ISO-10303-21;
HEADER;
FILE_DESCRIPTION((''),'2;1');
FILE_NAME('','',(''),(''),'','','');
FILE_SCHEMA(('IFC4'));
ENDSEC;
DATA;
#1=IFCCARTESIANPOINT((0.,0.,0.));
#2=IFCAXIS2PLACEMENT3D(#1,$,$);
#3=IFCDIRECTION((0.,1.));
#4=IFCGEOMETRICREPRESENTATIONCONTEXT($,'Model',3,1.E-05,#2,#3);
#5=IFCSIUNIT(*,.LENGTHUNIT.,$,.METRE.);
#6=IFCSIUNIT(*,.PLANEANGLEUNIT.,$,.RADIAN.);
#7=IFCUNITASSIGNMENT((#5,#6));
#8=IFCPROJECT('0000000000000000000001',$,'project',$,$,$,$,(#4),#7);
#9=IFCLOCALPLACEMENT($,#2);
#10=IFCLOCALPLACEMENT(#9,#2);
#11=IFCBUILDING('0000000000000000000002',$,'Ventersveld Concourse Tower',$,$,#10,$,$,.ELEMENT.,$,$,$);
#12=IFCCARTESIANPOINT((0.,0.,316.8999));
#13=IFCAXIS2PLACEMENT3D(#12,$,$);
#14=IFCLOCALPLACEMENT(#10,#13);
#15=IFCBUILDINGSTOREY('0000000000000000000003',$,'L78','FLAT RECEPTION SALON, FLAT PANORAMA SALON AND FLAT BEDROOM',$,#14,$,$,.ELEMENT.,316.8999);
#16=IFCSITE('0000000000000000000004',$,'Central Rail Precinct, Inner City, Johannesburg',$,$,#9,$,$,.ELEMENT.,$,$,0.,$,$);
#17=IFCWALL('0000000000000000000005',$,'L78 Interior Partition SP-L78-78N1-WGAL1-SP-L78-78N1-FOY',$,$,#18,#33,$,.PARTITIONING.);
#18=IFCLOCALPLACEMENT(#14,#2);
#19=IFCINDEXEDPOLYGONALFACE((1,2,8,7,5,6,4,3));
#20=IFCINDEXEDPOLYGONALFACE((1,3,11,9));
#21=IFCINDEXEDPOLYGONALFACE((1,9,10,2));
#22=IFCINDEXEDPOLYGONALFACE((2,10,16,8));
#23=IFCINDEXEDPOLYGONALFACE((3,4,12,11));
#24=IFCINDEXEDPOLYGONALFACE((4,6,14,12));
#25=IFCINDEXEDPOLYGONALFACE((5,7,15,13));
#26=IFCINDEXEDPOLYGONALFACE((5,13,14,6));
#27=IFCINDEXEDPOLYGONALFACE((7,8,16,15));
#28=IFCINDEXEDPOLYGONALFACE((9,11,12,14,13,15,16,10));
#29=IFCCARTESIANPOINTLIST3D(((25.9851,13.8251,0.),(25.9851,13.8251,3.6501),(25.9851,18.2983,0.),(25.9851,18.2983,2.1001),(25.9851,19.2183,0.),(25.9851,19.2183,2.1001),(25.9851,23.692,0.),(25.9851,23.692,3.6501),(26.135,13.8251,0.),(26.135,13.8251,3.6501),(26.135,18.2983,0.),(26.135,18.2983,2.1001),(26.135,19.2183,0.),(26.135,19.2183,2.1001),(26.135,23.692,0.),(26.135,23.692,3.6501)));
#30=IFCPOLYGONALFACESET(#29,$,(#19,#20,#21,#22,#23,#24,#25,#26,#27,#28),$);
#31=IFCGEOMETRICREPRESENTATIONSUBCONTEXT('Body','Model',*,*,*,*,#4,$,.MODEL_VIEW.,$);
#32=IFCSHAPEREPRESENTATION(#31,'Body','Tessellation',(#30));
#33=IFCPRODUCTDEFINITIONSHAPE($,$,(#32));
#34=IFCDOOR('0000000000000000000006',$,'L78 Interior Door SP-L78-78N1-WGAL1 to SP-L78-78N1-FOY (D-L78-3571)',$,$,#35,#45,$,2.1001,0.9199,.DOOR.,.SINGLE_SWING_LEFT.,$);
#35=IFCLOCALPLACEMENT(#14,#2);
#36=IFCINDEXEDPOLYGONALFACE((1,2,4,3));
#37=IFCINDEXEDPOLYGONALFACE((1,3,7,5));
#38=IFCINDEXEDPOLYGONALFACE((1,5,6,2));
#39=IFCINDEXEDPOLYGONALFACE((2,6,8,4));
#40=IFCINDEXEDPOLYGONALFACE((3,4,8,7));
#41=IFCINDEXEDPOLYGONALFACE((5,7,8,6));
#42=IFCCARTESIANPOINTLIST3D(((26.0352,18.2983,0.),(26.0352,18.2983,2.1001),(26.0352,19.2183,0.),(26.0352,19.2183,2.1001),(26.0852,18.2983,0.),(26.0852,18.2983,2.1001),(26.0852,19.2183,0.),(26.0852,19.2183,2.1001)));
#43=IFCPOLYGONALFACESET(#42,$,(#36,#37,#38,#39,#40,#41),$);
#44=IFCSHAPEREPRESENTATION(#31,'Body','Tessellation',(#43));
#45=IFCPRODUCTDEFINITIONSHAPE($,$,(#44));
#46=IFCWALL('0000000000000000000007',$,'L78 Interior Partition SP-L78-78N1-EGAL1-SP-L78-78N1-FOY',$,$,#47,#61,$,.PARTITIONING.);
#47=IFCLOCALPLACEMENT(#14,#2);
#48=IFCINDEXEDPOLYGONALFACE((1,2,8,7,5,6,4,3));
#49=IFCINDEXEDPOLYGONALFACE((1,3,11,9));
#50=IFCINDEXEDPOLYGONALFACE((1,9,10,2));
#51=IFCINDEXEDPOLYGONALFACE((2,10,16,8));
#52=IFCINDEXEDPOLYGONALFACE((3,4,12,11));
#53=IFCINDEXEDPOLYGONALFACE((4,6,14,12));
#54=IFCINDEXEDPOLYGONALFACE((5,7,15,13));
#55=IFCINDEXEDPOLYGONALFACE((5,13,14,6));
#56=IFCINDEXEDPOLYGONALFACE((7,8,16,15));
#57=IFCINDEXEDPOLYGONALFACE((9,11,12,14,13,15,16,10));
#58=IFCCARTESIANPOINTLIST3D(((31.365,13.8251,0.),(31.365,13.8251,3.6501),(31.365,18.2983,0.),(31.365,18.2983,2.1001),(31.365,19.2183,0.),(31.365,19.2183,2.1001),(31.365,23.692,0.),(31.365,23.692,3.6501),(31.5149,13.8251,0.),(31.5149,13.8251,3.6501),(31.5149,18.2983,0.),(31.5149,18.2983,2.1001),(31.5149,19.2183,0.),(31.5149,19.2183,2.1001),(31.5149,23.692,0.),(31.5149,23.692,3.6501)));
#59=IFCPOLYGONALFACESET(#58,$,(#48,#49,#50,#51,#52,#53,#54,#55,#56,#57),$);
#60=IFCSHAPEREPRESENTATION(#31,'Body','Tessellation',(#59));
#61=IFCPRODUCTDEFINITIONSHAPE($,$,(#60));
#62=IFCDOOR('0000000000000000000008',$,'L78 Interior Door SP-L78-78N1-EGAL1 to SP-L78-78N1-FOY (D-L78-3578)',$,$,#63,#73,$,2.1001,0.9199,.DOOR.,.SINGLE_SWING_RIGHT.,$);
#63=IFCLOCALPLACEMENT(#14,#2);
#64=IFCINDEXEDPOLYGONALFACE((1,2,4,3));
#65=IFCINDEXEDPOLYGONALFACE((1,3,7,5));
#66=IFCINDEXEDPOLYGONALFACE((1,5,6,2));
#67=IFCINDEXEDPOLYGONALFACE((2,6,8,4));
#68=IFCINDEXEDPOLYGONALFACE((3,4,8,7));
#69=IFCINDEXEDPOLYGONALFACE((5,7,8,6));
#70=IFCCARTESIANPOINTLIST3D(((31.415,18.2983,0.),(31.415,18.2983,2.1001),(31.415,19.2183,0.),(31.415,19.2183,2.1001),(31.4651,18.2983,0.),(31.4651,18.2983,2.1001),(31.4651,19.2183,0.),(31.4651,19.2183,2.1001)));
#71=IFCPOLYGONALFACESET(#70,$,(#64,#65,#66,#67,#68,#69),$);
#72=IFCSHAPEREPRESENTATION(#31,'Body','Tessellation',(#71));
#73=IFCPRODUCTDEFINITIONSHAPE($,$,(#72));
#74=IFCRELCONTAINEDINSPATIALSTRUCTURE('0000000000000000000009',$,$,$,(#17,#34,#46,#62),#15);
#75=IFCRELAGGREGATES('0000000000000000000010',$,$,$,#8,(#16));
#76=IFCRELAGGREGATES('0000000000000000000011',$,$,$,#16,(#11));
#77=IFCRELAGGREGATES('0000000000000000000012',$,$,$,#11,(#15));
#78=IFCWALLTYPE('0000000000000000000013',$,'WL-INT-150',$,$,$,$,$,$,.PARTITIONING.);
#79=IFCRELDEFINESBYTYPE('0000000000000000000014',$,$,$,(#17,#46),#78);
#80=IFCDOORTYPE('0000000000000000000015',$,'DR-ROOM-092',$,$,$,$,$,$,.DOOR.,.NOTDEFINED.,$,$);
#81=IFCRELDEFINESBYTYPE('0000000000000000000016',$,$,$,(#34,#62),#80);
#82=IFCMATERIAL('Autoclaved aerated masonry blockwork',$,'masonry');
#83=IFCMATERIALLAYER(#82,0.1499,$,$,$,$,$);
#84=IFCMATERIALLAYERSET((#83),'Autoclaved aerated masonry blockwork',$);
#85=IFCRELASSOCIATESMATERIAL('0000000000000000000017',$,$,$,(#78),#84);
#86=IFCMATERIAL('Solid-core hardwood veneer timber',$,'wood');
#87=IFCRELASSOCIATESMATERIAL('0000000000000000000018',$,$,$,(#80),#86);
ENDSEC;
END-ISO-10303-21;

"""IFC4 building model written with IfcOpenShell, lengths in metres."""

from ifc_helpers import new_model, si_unit, direction, frame, frame_2d, origin, place, context, subcontext, project, spatial, rectangle, extrude, material, layer, layer_set, type_object, element, fill, save


model = new_model("IFC4")

# Units and contexts
model_context = context("Model", 3, precision=1e-05, world=origin(), true_north=direction((0.0, 1.0)))
body_context = subcontext(model_context, "Body", "Model", "MODEL_VIEW")
ifc_project = project(units=[si_unit("LENGTHUNIT", "METRE"), si_unit("PLANEANGLEUNIT", "RADIAN")], contexts=[model_context])

# Site, building, storey
site_placement = place(None, origin())
site = spatial("IfcSite", under=ifc_project, at=site_placement, Name="Central Rail Precinct, Inner City, Johannesburg", CompositionType="ELEMENT", RefElevation=0.0)
building_placement = place(site_placement, origin())
building = spatial("IfcBuilding", under=site, at=building_placement, Name="Ventersveld Concourse Tower", CompositionType="ELEMENT")
storey_placement = place(building_placement, frame((0.0, 0.0, 316.8999)))
storey = spatial("IfcBuildingStorey", under=building, at=storey_placement, Name="L78", Description="FLAT RECEPTION SALON, FLAT PANORAMA SALON AND FLAT BEDROOM", CompositionType="ELEMENT", Elevation=316.8999)

# Walls, openings, doors
ifc_material_1 = material(Name="Solid-core hardwood veneer timber", Category="wood")
ifc_material_2 = material(Name="Autoclaved aerated masonry blockwork", Category="masonry")
ifc_layer_1 = layer(ifc_material_2, 0.1499)
ifc_layer_set_1 = layer_set([ifc_layer_1], Name="Autoclaved aerated masonry blockwork")
wall_type_1 = type_object("IfcWallType", Name="WL-INT-150", PredefinedType="PARTITIONING", material=ifc_layer_set_1)
wall_1_placement = place(storey_placement, frame((26.0601, 13.825, 0.0), z_axis=(0.0, 0.0, 1.0), x_axis=(0.0, 1.0, 0.0)))
wall_1 = element("IfcWall", 1, at=wall_1_placement, inside=storey, type_object=wall_type_1, Name="L78 Interior Partition SP-L78-78N1-WGAL1-SP-L78-78N1-FOY", PredefinedType="PARTITIONING", context=body_context, shape_type="SweptSolid", body=[
    extrude(rectangle(XDim=9.8669, YDim=0.1499, at=frame_2d((4.9336, 0.0))), origin(), (0.0, 0.0, 1.0), 3.6501),
])
opening_1_placement = place(wall_1_placement, frame((4.4734, 0.0, 0.0)))
opening_1 = element("IfcOpeningElement", 2, at=opening_1_placement, cuts=wall_1, PredefinedType="OPENING", context=body_context, shape_type="SweptSolid", body=[
    extrude(rectangle(XDim=0.9199, YDim=2.1001, at=frame_2d((0.46, 1.05))), frame((0.0, 0.085, 0.0), z_axis=(0.0, -1.0, 0.0), x_axis=(1.0, 0.0, 0.0)), (0.0, 0.0, 1.0), 0.1699),
])
door_type_1 = type_object("IfcDoorType", Name="DR-ROOM-092", OperationType="NOTDEFINED", PredefinedType="DOOR", material=ifc_material_1)
door_1_placement = place(opening_1_placement, origin())
door_1 = element("IfcDoor", 3, at=door_1_placement, inside=storey, type_object=door_type_1, Name="L78 Interior Door SP-L78-78N1-WGAL1 to SP-L78-78N1-FOY (D-L78-3571)", OperationType="SINGLE_SWING_LEFT", OverallHeight=2.1001, OverallWidth=0.9199, PredefinedType="DOOR", context=body_context, shape_type="SweptSolid", body=[
    extrude(rectangle(XDim=0.9199, YDim=2.1001, at=frame_2d((0.46, 1.05))), frame((0.0, 0.0249, 0.0), z_axis=(0.0, -1.0, 0.0), x_axis=(1.0, 0.0, 0.0)), (0.0, 0.0, 1.0), 0.05),
])
fill(opening_1, door_1)
wall_2_placement = place(storey_placement, frame((31.4399, 13.825, 0.0), z_axis=(0.0, 0.0, 1.0), x_axis=(0.0, 1.0, 0.0)))
wall_2 = element("IfcWall", 4, at=wall_2_placement, inside=storey, type_object=wall_type_1, Name="L78 Interior Partition SP-L78-78N1-EGAL1-SP-L78-78N1-FOY", PredefinedType="PARTITIONING", context=body_context, shape_type="SweptSolid", body=[
    extrude(rectangle(XDim=9.8669, YDim=0.1499, at=frame_2d((4.9336, 0.0))), origin(), (0.0, 0.0, 1.0), 3.6501),
])
opening_2_placement = place(wall_2_placement, frame((4.4734, 0.0, 0.0)))
opening_2 = element("IfcOpeningElement", 5, at=opening_2_placement, cuts=wall_2, PredefinedType="OPENING", context=body_context, shape_type="SweptSolid", body=[
    extrude(rectangle(XDim=0.9199, YDim=2.1001, at=frame_2d((0.46, 1.05))), frame((0.0, 0.085, 0.0), z_axis=(0.0, -1.0, 0.0), x_axis=(1.0, 0.0, 0.0)), (0.0, 0.0, 1.0), 0.1699),
])
door_2_placement = place(opening_2_placement, origin())
door_2 = element("IfcDoor", 6, at=door_2_placement, inside=storey, type_object=door_type_1, Name="L78 Interior Door SP-L78-78N1-EGAL1 to SP-L78-78N1-FOY (D-L78-3578)", OperationType="SINGLE_SWING_RIGHT", OverallHeight=2.1001, OverallWidth=0.9199, PredefinedType="DOOR", context=body_context, shape_type="SweptSolid", body=[
    extrude(rectangle(XDim=0.9199, YDim=2.1001, at=frame_2d((0.46, 1.05))), frame((0.0, 0.0249, 0.0), z_axis=(0.0, -1.0, 0.0), x_axis=(1.0, 0.0, 0.0)), (0.0, 0.0, 1.0), 0.05),
])
fill(opening_2, door_2)

save(model, "model.ifc")
